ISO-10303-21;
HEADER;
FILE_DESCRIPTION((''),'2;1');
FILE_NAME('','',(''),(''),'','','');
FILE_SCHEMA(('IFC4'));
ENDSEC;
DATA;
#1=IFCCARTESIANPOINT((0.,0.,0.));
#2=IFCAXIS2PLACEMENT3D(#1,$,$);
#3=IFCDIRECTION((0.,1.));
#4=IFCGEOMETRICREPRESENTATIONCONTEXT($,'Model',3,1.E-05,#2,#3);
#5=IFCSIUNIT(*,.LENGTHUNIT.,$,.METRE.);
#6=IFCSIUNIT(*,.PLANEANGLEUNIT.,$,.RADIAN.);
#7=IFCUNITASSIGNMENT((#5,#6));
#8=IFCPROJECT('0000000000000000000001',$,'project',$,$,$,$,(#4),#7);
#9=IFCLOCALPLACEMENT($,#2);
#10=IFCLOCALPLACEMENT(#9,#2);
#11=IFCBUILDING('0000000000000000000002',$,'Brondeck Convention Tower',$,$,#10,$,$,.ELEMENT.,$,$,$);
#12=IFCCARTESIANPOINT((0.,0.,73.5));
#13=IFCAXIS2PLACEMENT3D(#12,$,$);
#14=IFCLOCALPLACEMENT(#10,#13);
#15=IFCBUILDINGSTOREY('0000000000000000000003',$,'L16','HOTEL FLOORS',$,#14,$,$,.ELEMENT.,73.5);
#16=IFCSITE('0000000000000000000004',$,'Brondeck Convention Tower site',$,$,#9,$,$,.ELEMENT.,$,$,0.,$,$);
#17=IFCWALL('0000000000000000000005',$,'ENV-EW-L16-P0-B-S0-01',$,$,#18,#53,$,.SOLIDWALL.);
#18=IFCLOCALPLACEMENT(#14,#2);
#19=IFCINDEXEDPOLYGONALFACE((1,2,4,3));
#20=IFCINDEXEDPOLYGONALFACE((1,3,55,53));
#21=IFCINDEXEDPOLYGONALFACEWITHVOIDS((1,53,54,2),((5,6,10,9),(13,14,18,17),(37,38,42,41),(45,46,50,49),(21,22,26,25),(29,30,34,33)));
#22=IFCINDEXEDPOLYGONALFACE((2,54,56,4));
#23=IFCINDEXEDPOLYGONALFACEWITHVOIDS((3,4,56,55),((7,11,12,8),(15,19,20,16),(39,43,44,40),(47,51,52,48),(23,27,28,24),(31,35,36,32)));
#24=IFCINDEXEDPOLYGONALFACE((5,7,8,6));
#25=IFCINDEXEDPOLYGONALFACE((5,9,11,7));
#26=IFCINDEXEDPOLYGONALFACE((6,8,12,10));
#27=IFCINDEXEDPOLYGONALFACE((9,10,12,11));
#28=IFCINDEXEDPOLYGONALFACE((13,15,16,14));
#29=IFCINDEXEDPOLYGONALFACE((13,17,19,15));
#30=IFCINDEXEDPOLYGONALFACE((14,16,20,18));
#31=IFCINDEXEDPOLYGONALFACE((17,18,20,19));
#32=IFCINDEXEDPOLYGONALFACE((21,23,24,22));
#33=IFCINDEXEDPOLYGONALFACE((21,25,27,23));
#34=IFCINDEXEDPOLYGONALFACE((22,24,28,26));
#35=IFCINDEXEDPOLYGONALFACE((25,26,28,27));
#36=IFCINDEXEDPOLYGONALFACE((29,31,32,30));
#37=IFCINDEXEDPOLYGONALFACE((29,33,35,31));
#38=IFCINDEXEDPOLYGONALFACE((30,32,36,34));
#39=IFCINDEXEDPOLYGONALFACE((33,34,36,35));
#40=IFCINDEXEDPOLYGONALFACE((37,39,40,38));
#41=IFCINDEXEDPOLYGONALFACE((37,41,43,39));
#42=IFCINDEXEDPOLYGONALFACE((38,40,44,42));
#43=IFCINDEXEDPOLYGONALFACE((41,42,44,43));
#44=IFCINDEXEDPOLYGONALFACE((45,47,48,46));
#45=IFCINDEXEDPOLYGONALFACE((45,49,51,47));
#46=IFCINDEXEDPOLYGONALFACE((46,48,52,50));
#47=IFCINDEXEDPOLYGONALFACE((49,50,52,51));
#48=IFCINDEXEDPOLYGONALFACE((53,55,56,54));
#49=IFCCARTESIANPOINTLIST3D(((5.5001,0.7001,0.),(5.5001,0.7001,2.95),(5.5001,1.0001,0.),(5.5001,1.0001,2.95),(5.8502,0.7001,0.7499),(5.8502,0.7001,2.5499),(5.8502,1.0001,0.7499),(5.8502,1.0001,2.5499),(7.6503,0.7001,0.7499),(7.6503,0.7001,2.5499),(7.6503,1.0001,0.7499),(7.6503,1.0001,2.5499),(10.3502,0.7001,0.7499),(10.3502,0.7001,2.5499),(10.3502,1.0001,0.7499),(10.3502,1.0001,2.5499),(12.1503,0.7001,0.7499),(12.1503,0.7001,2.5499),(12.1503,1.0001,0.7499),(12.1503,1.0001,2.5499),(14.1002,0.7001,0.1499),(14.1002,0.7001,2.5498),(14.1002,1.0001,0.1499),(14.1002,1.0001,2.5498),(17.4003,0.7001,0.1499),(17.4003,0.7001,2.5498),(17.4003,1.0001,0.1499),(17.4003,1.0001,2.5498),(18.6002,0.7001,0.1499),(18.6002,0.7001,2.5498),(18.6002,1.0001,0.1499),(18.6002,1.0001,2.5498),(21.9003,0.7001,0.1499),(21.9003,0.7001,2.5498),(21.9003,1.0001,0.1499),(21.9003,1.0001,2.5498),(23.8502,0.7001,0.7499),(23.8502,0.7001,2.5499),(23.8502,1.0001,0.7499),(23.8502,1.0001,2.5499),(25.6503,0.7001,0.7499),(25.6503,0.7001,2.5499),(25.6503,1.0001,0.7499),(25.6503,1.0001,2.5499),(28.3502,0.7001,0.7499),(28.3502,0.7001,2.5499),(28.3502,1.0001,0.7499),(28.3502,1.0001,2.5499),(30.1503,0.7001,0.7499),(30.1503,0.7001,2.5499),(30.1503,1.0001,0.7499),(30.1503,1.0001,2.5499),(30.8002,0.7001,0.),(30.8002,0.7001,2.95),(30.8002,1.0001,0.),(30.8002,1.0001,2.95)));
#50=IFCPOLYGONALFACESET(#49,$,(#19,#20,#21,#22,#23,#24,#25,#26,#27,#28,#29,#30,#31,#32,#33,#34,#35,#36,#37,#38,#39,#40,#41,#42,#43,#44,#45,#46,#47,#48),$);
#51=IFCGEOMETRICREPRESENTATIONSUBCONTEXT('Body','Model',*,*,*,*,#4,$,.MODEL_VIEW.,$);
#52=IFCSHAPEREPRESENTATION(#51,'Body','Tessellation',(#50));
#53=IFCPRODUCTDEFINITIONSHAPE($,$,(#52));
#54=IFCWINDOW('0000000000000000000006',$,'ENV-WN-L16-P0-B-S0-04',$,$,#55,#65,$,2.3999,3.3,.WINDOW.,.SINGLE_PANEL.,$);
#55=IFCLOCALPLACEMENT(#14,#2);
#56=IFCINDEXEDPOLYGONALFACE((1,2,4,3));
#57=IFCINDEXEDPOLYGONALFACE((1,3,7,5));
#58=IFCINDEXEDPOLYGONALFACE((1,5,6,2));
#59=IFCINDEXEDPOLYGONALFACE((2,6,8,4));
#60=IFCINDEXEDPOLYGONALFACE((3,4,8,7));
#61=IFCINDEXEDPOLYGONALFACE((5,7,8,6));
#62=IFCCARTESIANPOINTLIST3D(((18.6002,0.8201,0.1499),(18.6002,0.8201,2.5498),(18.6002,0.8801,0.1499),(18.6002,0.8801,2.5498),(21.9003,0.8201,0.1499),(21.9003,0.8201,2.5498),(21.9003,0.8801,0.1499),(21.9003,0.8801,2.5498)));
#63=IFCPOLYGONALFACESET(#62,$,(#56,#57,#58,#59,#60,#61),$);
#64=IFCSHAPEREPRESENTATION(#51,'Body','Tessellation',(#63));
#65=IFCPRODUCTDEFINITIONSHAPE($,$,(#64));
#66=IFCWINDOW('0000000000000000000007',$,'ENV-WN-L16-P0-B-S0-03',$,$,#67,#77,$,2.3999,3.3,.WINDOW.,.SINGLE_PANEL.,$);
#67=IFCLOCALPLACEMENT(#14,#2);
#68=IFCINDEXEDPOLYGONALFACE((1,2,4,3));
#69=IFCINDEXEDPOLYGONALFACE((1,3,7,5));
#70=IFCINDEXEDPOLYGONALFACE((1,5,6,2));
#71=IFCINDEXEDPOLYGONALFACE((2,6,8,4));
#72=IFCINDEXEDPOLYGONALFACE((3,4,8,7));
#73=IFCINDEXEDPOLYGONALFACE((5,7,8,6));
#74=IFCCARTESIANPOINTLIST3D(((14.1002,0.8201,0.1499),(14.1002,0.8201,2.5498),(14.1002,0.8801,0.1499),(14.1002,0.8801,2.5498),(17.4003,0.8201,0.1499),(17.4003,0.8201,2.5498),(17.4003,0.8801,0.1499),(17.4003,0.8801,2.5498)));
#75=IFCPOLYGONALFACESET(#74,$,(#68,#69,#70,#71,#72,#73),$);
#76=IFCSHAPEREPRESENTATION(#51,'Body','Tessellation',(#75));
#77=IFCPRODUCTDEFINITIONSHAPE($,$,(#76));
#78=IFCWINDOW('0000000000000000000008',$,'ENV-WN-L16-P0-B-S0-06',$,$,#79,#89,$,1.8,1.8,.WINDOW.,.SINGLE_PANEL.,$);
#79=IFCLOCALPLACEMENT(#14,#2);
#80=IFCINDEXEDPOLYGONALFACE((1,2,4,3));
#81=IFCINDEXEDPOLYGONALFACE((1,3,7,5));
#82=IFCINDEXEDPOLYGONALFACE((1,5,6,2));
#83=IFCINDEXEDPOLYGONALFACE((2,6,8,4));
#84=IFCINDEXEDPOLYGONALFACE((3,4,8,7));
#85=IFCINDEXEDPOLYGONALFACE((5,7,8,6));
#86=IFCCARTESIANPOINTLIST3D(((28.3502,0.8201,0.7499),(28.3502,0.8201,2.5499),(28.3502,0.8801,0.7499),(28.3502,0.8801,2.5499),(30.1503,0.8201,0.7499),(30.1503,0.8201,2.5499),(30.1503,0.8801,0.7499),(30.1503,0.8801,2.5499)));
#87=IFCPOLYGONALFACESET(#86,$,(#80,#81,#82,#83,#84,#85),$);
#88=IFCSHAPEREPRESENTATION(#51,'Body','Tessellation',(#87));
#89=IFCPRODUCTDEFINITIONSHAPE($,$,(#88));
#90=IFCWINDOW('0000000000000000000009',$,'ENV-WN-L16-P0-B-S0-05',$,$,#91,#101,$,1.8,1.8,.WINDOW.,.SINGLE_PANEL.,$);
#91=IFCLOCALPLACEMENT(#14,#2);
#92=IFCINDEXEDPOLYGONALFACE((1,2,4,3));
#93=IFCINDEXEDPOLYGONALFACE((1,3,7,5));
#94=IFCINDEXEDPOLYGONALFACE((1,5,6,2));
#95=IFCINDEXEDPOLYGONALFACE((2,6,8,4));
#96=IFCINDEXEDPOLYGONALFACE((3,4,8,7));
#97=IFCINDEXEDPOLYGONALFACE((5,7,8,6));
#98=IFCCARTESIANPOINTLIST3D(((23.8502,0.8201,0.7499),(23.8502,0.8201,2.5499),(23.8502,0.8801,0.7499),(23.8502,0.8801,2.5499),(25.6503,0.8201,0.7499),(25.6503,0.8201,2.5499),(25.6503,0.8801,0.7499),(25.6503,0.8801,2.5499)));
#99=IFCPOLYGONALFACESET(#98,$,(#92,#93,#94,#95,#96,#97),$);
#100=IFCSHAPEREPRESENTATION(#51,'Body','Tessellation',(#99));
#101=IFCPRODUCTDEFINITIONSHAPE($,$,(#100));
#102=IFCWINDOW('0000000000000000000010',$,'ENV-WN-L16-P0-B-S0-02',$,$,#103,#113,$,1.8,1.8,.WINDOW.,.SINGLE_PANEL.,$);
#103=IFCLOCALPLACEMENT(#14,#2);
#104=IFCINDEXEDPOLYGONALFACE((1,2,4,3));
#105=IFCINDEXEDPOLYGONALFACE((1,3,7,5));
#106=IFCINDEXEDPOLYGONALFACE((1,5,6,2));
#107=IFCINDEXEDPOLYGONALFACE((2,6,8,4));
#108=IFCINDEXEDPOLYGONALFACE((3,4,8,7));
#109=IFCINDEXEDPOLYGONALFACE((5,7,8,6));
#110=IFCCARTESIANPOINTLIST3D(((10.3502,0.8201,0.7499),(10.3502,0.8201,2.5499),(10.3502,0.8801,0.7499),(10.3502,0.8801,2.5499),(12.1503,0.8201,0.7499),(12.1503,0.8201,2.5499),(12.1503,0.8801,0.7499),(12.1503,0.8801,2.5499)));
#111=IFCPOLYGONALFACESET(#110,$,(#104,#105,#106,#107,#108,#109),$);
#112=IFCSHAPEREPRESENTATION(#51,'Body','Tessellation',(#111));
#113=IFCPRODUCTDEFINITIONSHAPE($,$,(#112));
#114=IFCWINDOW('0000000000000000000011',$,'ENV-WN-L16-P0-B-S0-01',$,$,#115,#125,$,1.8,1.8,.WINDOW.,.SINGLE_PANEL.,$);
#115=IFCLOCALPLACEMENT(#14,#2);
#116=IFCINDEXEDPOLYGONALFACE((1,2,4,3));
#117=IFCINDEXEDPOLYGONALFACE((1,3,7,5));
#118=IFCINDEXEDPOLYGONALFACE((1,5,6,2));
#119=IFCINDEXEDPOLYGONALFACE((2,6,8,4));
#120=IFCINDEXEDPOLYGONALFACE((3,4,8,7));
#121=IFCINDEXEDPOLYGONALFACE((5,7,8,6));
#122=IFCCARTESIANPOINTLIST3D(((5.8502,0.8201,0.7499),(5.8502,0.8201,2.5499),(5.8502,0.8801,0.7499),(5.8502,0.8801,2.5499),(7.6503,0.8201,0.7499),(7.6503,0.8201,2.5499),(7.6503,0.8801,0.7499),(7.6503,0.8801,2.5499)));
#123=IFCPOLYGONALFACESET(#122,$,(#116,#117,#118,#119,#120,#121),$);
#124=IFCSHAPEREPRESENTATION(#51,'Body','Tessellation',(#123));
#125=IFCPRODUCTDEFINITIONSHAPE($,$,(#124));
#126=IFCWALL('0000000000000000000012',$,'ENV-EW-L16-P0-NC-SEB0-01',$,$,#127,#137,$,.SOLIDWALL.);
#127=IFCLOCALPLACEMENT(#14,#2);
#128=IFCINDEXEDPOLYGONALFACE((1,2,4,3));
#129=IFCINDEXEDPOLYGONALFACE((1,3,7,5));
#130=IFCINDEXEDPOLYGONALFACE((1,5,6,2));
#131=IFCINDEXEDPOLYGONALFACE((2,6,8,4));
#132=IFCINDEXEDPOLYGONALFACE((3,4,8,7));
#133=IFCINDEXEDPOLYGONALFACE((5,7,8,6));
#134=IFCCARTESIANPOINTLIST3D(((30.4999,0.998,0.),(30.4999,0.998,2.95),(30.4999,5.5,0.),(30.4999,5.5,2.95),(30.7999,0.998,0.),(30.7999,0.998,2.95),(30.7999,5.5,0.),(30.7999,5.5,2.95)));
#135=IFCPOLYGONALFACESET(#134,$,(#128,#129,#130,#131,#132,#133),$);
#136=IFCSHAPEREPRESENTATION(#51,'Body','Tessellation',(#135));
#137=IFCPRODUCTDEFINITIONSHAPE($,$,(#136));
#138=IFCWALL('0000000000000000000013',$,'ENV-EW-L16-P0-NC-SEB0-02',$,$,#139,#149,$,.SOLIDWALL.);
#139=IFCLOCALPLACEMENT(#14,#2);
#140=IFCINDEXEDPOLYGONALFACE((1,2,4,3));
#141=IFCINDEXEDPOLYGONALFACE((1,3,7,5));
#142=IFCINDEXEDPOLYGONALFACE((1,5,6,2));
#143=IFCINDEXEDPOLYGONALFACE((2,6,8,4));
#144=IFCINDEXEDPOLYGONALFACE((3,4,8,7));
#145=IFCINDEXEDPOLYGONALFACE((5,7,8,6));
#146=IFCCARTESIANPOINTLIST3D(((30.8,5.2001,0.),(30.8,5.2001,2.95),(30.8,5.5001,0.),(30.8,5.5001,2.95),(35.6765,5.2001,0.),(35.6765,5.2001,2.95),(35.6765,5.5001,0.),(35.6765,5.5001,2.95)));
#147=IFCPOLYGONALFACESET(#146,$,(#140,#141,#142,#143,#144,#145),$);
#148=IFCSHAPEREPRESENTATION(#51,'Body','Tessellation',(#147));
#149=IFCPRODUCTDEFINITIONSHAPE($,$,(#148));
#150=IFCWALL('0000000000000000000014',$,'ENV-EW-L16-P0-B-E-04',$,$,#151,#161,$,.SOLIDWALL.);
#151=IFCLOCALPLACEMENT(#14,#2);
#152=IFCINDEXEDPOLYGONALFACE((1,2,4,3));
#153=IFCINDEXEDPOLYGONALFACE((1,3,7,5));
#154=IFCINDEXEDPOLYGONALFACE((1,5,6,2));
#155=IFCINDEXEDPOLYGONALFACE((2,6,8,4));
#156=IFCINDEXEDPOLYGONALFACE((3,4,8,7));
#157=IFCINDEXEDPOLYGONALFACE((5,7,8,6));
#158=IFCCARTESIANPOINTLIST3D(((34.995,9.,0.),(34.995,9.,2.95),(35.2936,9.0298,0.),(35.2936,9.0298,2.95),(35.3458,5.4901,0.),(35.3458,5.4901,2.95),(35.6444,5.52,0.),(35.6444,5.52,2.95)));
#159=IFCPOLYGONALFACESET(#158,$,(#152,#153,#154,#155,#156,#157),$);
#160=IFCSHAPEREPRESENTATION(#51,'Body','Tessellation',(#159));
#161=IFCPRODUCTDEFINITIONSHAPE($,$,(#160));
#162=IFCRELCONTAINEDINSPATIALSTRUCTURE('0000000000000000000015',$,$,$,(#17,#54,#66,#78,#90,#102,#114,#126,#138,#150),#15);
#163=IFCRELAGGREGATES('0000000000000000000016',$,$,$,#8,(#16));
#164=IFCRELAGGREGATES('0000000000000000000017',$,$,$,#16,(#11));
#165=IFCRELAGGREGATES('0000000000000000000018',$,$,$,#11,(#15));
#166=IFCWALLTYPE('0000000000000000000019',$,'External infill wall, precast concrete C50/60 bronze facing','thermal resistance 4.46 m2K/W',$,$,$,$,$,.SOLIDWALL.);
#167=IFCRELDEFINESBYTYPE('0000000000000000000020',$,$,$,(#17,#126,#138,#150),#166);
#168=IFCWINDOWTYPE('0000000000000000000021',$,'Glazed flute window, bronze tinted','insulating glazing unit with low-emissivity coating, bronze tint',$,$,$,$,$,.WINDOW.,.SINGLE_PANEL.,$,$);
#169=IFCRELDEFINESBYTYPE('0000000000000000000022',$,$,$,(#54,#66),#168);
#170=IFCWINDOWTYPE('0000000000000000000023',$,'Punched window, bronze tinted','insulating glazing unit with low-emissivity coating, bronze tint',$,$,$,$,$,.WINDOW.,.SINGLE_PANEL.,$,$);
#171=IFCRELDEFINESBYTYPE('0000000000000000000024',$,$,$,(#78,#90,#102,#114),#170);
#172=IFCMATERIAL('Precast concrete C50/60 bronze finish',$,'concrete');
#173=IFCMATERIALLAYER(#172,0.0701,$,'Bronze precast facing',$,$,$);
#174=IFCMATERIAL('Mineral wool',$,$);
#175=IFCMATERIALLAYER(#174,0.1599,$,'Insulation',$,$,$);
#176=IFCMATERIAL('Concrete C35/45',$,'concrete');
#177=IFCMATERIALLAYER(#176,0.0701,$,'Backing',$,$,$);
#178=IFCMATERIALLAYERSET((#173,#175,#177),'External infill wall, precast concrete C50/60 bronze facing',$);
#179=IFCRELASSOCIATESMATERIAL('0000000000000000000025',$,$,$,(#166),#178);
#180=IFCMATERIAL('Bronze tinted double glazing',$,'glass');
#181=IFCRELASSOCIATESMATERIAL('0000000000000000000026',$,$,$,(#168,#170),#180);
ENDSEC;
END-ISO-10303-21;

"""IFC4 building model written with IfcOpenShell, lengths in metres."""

from ifc_helpers import new_model, si_unit, direction, frame, frame_2d, origin, place, context, subcontext, project, spatial, rectangle, extrude, material, layer, layer_set, type_object, element, fill, save


model = new_model("IFC4")

# Units and contexts
model_context = context("Model", 3, precision=1e-05, world=origin(), true_north=direction((0.0, 1.0)))
body_context = subcontext(model_context, "Body", "Model", "MODEL_VIEW")
ifc_project = project(units=[si_unit("LENGTHUNIT", "METRE"), si_unit("PLANEANGLEUNIT", "RADIAN")], contexts=[model_context])

# Site, building, storey
site_placement = place(None, origin())
site = spatial("IfcSite", under=ifc_project, at=site_placement, Name="Brondeck Convention Tower site", CompositionType="ELEMENT", RefElevation=0.0)
building_placement = place(site_placement, origin())
building = spatial("IfcBuilding", under=site, at=building_placement, Name="Brondeck Convention Tower", CompositionType="ELEMENT")
storey_placement = place(building_placement, frame((0.0, 0.0, 73.5)))
storey = spatial("IfcBuildingStorey", under=building, at=storey_placement, Name="L16", Description="HOTEL FLOORS", CompositionType="ELEMENT", Elevation=73.5)

# Wall, openings, windows
ifc_material_1 = material(Name="Precast concrete C50/60 bronze finish", Category="concrete")
ifc_layer_1 = layer(ifc_material_1, 0.0701, Name="Bronze precast facing")
ifc_material_2 = material(Name="Mineral wool")
ifc_layer_2 = layer(ifc_material_2, 0.1599, Name="Insulation")
ifc_material_3 = material(Name="Concrete C35/45", Category="concrete")
ifc_layer_3 = layer(ifc_material_3, 0.0701, Name="Backing")
ifc_layer_set_1 = layer_set([ifc_layer_1, ifc_layer_2, ifc_layer_3], Name="External infill wall, precast concrete C50/60 bronze facing")
wall_type_1 = type_object("IfcWallType", Name="External infill wall, precast concrete C50/60 bronze facing", Description="thermal resistance 4.46 m2K/W", PredefinedType="SOLIDWALL", material=ifc_layer_set_1)
wall_1_placement = place(storey_placement, frame((30.8, 0.8501, 0.0), z_axis=(0.0, 0.0, 1.0), x_axis=(-1.0, 0.0, 0.0)))
wall_1 = element("IfcWall", 1, at=wall_1_placement, inside=storey, type_object=wall_type_1, Name="ENV-EW-L16-P0-B-S0-01", PredefinedType="SOLIDWALL", context=body_context, shape_type="SweptSolid", body=[
    extrude(rectangle(XDim=25.3, YDim=0.3, at=frame_2d((12.6499, 0.0))), origin(), (0.0, 0.0, 1.0), 2.95),
])
opening_1_placement = place(wall_1_placement, frame((0.6499, 0.0, 0.75)))
opening_1 = element("IfcOpeningElement", 2, at=opening_1_placement, cuts=wall_1, PredefinedType="OPENING", context=body_context, shape_type="SweptSolid", body=[
    extrude(rectangle(XDim=1.8, YDim=1.8, at=frame_2d((0.8999, 0.8999))), frame((0.0, 0.1599, 0.0), z_axis=(0.0, -1.0, 0.0), x_axis=(1.0, 0.0, 0.0)), (0.0, 0.0, 1.0), 0.3201),
])
opening_2_placement = place(wall_1_placement, frame((5.1499, 0.0, 0.75)))
opening_2 = element("IfcOpeningElement", 3, at=opening_2_placement, cuts=wall_1, PredefinedType="OPENING", context=body_context, shape_type="SweptSolid", body=[
    extrude(rectangle(XDim=1.8, YDim=1.8, at=frame_2d((0.8999, 0.8999))), frame((0.0, 0.1599, 0.0), z_axis=(0.0, -1.0, 0.0), x_axis=(1.0, 0.0, 0.0)), (0.0, 0.0, 1.0), 0.3201),
])
opening_3_placement = place(wall_1_placement, frame((8.8999, 0.0, 0.1499)))
opening_3 = element("IfcOpeningElement", 4, at=opening_3_placement, cuts=wall_1, PredefinedType="OPENING", context=body_context, shape_type="SweptSolid", body=[
    extrude(rectangle(XDim=3.3, YDim=2.3999, at=frame_2d((1.6499, 1.2))), frame((0.0, 0.1599, 0.0), z_axis=(0.0, -1.0, 0.0), x_axis=(1.0, 0.0, 0.0)), (0.0, 0.0, 1.0), 0.3201),
])
opening_4_placement = place(wall_1_placement, frame((13.3999, 0.0, 0.1499)))
opening_4 = element("IfcOpeningElement", 5, at=opening_4_placement, cuts=wall_1, PredefinedType="OPENING", context=body_context, shape_type="SweptSolid", body=[
    extrude(rectangle(XDim=3.3, YDim=2.3999, at=frame_2d((1.6499, 1.2))), frame((0.0, 0.1599, 0.0), z_axis=(0.0, -1.0, 0.0), x_axis=(1.0, 0.0, 0.0)), (0.0, 0.0, 1.0), 0.3201),
])
opening_5_placement = place(wall_1_placement, frame((18.6499, 0.0, 0.75)))
opening_5 = element("IfcOpeningElement", 6, at=opening_5_placement, cuts=wall_1, PredefinedType="OPENING", context=body_context, shape_type="SweptSolid", body=[
    extrude(rectangle(XDim=1.8, YDim=1.8, at=frame_2d((0.8999, 0.8999))), frame((0.0, 0.1599, 0.0), z_axis=(0.0, -1.0, 0.0), x_axis=(1.0, 0.0, 0.0)), (0.0, 0.0, 1.0), 0.3201),
])
opening_6_placement = place(wall_1_placement, frame((23.1499, 0.0, 0.75)))
opening_6 = element("IfcOpeningElement", 7, at=opening_6_placement, cuts=wall_1, PredefinedType="OPENING", context=body_context, shape_type="SweptSolid", body=[
    extrude(rectangle(XDim=1.8, YDim=1.8, at=frame_2d((0.8999, 0.8999))), frame((0.0, 0.1599, 0.0), z_axis=(0.0, -1.0, 0.0), x_axis=(1.0, 0.0, 0.0)), (0.0, 0.0, 1.0), 0.3201),
])
ifc_material_4 = material(Name="Bronze tinted double glazing", Category="glass")
window_type_1 = type_object("IfcWindowType", Name="Glazed flute window, bronze tinted", Description="insulating glazing unit with low-emissivity coating, bronze tint", PartitioningType="SINGLE_PANEL", PredefinedType="WINDOW", material=ifc_material_4)
window_1_placement = place(opening_3_placement, origin())
window_1 = element("IfcWindow", 8, at=window_1_placement, inside=storey, type_object=window_type_1, Name="ENV-WN-L16-P0-B-S0-04", OverallHeight=2.3999, OverallWidth=3.3, PartitioningType="SINGLE_PANEL", PredefinedType="WINDOW", context=body_context, shape_type="SweptSolid", body=[
    extrude(rectangle(XDim=3.3, YDim=2.3999, at=frame_2d((1.6499, 1.2))), frame((0.0, 0.03, 0.0), z_axis=(0.0, -1.0, 0.0), x_axis=(1.0, 0.0, 0.0)), (0.0, 0.0, 1.0), 0.0601),
])
fill(opening_3, window_1)
window_2_placement = place(opening_4_placement, origin())
window_2 = element("IfcWindow", 9, at=window_2_placement, inside=storey, type_object=window_type_1, Name="ENV-WN-L16-P0-B-S0-03", OverallHeight=2.3999, OverallWidth=3.3, PartitioningType="SINGLE_PANEL", PredefinedType="WINDOW", context=body_context, shape_type="SweptSolid", body=[
    extrude(rectangle(XDim=3.3, YDim=2.3999, at=frame_2d((1.6499, 1.2))), frame((0.0, 0.03, 0.0), z_axis=(0.0, -1.0, 0.0), x_axis=(1.0, 0.0, 0.0)), (0.0, 0.0, 1.0), 0.0601),
])
fill(opening_4, window_2)
window_type_2 = type_object("IfcWindowType", Name="Punched window, bronze tinted", Description="insulating glazing unit with low-emissivity coating, bronze tint", PartitioningType="SINGLE_PANEL", PredefinedType="WINDOW", material=ifc_material_4)
window_3_placement = place(opening_1_placement, origin())
window_3 = element("IfcWindow", 10, at=window_3_placement, inside=storey, type_object=window_type_2, Name="ENV-WN-L16-P0-B-S0-06", OverallHeight=1.8, OverallWidth=1.8, PartitioningType="SINGLE_PANEL", PredefinedType="WINDOW", context=body_context, shape_type="SweptSolid", body=[
    extrude(rectangle(XDim=1.8, YDim=1.8, at=frame_2d((0.8999, 0.8999))), frame((0.0, 0.03, 0.0), z_axis=(0.0, -1.0, 0.0), x_axis=(1.0, 0.0, 0.0)), (0.0, 0.0, 1.0), 0.0601),
])
fill(opening_1, window_3)
window_4_placement = place(opening_2_placement, origin())
window_4 = element("IfcWindow", 11, at=window_4_placement, inside=storey, type_object=window_type_2, Name="ENV-WN-L16-P0-B-S0-05", OverallHeight=1.8, OverallWidth=1.8, PartitioningType="SINGLE_PANEL", PredefinedType="WINDOW", context=body_context, shape_type="SweptSolid", body=[
    extrude(rectangle(XDim=1.8, YDim=1.8, at=frame_2d((0.8999, 0.8999))), frame((0.0, 0.03, 0.0), z_axis=(0.0, -1.0, 0.0), x_axis=(1.0, 0.0, 0.0)), (0.0, 0.0, 1.0), 0.0601),
])
fill(opening_2, window_4)
window_5_placement = place(opening_5_placement, origin())
window_5 = element("IfcWindow", 12, at=window_5_placement, inside=storey, type_object=window_type_2, Name="ENV-WN-L16-P0-B-S0-02", OverallHeight=1.8, OverallWidth=1.8, PartitioningType="SINGLE_PANEL", PredefinedType="WINDOW", context=body_context, shape_type="SweptSolid", body=[
    extrude(rectangle(XDim=1.8, YDim=1.8, at=frame_2d((0.8999, 0.8999))), frame((0.0, 0.03, 0.0), z_axis=(0.0, -1.0, 0.0), x_axis=(1.0, 0.0, 0.0)), (0.0, 0.0, 1.0), 0.0601),
])
fill(opening_5, window_5)
window_6_placement = place(opening_6_placement, origin())
window_6 = element("IfcWindow", 13, at=window_6_placement, inside=storey, type_object=window_type_2, Name="ENV-WN-L16-P0-B-S0-01", OverallHeight=1.8, OverallWidth=1.8, PartitioningType="SINGLE_PANEL", PredefinedType="WINDOW", context=body_context, shape_type="SweptSolid", body=[
    extrude(rectangle(XDim=1.8, YDim=1.8, at=frame_2d((0.8999, 0.8999))), frame((0.0, 0.03, 0.0), z_axis=(0.0, -1.0, 0.0), x_axis=(1.0, 0.0, 0.0)), (0.0, 0.0, 1.0), 0.0601),
])
fill(opening_6, window_6)

# Walls
wall_2_placement = place(storey_placement, frame((30.6499, 5.5, 0.0), z_axis=(0.0, 0.0, 1.0), x_axis=(0.0, -1.0, 0.0)))
element("IfcWall", 14, at=wall_2_placement, inside=storey, type_object=wall_type_1, Name="ENV-EW-L16-P0-NC-SEB0-01", PredefinedType="SOLIDWALL", context=body_context, shape_type="SweptSolid", body=[
    extrude(rectangle(XDim=4.502, YDim=0.3, at=frame_2d((2.251, 0.0))), origin(), (0.0, 0.0, 1.0), 2.95),
])
wall_3_placement = place(storey_placement, frame((35.6765, 5.3501, 0.0), z_axis=(0.0, 0.0, 1.0), x_axis=(-1.0, 0.0, 0.0)))
element("IfcWall", 15, at=wall_3_placement, inside=storey, type_object=wall_type_1, Name="ENV-EW-L16-P0-NC-SEB0-02", PredefinedType="SOLIDWALL", context=body_context, shape_type="SweptSolid", body=[
    extrude(rectangle(XDim=4.8765, YDim=0.3, at=frame_2d((2.4382, 0.0))), origin(), (0.0, 0.0, 1.0), 2.95),
])
wall_4_placement = place(storey_placement, frame((35.1443, 9.0149, 0.0), z_axis=(0.0, 0.0, 1.0), x_axis=(0.099463, -0.995041, 0.0)))
element("IfcWall", 16, at=wall_4_placement, inside=storey, type_object=wall_type_1, Name="ENV-EW-L16-P0-B-E-04", PredefinedType="SOLIDWALL", context=body_context, shape_type="SweptSolid", body=[
    extrude(rectangle(XDim=3.5273, YDim=0.3, at=frame_2d((1.7637, 0.0))), origin(), (0.0, 0.0, 1.0), 2.95),
])

save(model, "model.ifc")
